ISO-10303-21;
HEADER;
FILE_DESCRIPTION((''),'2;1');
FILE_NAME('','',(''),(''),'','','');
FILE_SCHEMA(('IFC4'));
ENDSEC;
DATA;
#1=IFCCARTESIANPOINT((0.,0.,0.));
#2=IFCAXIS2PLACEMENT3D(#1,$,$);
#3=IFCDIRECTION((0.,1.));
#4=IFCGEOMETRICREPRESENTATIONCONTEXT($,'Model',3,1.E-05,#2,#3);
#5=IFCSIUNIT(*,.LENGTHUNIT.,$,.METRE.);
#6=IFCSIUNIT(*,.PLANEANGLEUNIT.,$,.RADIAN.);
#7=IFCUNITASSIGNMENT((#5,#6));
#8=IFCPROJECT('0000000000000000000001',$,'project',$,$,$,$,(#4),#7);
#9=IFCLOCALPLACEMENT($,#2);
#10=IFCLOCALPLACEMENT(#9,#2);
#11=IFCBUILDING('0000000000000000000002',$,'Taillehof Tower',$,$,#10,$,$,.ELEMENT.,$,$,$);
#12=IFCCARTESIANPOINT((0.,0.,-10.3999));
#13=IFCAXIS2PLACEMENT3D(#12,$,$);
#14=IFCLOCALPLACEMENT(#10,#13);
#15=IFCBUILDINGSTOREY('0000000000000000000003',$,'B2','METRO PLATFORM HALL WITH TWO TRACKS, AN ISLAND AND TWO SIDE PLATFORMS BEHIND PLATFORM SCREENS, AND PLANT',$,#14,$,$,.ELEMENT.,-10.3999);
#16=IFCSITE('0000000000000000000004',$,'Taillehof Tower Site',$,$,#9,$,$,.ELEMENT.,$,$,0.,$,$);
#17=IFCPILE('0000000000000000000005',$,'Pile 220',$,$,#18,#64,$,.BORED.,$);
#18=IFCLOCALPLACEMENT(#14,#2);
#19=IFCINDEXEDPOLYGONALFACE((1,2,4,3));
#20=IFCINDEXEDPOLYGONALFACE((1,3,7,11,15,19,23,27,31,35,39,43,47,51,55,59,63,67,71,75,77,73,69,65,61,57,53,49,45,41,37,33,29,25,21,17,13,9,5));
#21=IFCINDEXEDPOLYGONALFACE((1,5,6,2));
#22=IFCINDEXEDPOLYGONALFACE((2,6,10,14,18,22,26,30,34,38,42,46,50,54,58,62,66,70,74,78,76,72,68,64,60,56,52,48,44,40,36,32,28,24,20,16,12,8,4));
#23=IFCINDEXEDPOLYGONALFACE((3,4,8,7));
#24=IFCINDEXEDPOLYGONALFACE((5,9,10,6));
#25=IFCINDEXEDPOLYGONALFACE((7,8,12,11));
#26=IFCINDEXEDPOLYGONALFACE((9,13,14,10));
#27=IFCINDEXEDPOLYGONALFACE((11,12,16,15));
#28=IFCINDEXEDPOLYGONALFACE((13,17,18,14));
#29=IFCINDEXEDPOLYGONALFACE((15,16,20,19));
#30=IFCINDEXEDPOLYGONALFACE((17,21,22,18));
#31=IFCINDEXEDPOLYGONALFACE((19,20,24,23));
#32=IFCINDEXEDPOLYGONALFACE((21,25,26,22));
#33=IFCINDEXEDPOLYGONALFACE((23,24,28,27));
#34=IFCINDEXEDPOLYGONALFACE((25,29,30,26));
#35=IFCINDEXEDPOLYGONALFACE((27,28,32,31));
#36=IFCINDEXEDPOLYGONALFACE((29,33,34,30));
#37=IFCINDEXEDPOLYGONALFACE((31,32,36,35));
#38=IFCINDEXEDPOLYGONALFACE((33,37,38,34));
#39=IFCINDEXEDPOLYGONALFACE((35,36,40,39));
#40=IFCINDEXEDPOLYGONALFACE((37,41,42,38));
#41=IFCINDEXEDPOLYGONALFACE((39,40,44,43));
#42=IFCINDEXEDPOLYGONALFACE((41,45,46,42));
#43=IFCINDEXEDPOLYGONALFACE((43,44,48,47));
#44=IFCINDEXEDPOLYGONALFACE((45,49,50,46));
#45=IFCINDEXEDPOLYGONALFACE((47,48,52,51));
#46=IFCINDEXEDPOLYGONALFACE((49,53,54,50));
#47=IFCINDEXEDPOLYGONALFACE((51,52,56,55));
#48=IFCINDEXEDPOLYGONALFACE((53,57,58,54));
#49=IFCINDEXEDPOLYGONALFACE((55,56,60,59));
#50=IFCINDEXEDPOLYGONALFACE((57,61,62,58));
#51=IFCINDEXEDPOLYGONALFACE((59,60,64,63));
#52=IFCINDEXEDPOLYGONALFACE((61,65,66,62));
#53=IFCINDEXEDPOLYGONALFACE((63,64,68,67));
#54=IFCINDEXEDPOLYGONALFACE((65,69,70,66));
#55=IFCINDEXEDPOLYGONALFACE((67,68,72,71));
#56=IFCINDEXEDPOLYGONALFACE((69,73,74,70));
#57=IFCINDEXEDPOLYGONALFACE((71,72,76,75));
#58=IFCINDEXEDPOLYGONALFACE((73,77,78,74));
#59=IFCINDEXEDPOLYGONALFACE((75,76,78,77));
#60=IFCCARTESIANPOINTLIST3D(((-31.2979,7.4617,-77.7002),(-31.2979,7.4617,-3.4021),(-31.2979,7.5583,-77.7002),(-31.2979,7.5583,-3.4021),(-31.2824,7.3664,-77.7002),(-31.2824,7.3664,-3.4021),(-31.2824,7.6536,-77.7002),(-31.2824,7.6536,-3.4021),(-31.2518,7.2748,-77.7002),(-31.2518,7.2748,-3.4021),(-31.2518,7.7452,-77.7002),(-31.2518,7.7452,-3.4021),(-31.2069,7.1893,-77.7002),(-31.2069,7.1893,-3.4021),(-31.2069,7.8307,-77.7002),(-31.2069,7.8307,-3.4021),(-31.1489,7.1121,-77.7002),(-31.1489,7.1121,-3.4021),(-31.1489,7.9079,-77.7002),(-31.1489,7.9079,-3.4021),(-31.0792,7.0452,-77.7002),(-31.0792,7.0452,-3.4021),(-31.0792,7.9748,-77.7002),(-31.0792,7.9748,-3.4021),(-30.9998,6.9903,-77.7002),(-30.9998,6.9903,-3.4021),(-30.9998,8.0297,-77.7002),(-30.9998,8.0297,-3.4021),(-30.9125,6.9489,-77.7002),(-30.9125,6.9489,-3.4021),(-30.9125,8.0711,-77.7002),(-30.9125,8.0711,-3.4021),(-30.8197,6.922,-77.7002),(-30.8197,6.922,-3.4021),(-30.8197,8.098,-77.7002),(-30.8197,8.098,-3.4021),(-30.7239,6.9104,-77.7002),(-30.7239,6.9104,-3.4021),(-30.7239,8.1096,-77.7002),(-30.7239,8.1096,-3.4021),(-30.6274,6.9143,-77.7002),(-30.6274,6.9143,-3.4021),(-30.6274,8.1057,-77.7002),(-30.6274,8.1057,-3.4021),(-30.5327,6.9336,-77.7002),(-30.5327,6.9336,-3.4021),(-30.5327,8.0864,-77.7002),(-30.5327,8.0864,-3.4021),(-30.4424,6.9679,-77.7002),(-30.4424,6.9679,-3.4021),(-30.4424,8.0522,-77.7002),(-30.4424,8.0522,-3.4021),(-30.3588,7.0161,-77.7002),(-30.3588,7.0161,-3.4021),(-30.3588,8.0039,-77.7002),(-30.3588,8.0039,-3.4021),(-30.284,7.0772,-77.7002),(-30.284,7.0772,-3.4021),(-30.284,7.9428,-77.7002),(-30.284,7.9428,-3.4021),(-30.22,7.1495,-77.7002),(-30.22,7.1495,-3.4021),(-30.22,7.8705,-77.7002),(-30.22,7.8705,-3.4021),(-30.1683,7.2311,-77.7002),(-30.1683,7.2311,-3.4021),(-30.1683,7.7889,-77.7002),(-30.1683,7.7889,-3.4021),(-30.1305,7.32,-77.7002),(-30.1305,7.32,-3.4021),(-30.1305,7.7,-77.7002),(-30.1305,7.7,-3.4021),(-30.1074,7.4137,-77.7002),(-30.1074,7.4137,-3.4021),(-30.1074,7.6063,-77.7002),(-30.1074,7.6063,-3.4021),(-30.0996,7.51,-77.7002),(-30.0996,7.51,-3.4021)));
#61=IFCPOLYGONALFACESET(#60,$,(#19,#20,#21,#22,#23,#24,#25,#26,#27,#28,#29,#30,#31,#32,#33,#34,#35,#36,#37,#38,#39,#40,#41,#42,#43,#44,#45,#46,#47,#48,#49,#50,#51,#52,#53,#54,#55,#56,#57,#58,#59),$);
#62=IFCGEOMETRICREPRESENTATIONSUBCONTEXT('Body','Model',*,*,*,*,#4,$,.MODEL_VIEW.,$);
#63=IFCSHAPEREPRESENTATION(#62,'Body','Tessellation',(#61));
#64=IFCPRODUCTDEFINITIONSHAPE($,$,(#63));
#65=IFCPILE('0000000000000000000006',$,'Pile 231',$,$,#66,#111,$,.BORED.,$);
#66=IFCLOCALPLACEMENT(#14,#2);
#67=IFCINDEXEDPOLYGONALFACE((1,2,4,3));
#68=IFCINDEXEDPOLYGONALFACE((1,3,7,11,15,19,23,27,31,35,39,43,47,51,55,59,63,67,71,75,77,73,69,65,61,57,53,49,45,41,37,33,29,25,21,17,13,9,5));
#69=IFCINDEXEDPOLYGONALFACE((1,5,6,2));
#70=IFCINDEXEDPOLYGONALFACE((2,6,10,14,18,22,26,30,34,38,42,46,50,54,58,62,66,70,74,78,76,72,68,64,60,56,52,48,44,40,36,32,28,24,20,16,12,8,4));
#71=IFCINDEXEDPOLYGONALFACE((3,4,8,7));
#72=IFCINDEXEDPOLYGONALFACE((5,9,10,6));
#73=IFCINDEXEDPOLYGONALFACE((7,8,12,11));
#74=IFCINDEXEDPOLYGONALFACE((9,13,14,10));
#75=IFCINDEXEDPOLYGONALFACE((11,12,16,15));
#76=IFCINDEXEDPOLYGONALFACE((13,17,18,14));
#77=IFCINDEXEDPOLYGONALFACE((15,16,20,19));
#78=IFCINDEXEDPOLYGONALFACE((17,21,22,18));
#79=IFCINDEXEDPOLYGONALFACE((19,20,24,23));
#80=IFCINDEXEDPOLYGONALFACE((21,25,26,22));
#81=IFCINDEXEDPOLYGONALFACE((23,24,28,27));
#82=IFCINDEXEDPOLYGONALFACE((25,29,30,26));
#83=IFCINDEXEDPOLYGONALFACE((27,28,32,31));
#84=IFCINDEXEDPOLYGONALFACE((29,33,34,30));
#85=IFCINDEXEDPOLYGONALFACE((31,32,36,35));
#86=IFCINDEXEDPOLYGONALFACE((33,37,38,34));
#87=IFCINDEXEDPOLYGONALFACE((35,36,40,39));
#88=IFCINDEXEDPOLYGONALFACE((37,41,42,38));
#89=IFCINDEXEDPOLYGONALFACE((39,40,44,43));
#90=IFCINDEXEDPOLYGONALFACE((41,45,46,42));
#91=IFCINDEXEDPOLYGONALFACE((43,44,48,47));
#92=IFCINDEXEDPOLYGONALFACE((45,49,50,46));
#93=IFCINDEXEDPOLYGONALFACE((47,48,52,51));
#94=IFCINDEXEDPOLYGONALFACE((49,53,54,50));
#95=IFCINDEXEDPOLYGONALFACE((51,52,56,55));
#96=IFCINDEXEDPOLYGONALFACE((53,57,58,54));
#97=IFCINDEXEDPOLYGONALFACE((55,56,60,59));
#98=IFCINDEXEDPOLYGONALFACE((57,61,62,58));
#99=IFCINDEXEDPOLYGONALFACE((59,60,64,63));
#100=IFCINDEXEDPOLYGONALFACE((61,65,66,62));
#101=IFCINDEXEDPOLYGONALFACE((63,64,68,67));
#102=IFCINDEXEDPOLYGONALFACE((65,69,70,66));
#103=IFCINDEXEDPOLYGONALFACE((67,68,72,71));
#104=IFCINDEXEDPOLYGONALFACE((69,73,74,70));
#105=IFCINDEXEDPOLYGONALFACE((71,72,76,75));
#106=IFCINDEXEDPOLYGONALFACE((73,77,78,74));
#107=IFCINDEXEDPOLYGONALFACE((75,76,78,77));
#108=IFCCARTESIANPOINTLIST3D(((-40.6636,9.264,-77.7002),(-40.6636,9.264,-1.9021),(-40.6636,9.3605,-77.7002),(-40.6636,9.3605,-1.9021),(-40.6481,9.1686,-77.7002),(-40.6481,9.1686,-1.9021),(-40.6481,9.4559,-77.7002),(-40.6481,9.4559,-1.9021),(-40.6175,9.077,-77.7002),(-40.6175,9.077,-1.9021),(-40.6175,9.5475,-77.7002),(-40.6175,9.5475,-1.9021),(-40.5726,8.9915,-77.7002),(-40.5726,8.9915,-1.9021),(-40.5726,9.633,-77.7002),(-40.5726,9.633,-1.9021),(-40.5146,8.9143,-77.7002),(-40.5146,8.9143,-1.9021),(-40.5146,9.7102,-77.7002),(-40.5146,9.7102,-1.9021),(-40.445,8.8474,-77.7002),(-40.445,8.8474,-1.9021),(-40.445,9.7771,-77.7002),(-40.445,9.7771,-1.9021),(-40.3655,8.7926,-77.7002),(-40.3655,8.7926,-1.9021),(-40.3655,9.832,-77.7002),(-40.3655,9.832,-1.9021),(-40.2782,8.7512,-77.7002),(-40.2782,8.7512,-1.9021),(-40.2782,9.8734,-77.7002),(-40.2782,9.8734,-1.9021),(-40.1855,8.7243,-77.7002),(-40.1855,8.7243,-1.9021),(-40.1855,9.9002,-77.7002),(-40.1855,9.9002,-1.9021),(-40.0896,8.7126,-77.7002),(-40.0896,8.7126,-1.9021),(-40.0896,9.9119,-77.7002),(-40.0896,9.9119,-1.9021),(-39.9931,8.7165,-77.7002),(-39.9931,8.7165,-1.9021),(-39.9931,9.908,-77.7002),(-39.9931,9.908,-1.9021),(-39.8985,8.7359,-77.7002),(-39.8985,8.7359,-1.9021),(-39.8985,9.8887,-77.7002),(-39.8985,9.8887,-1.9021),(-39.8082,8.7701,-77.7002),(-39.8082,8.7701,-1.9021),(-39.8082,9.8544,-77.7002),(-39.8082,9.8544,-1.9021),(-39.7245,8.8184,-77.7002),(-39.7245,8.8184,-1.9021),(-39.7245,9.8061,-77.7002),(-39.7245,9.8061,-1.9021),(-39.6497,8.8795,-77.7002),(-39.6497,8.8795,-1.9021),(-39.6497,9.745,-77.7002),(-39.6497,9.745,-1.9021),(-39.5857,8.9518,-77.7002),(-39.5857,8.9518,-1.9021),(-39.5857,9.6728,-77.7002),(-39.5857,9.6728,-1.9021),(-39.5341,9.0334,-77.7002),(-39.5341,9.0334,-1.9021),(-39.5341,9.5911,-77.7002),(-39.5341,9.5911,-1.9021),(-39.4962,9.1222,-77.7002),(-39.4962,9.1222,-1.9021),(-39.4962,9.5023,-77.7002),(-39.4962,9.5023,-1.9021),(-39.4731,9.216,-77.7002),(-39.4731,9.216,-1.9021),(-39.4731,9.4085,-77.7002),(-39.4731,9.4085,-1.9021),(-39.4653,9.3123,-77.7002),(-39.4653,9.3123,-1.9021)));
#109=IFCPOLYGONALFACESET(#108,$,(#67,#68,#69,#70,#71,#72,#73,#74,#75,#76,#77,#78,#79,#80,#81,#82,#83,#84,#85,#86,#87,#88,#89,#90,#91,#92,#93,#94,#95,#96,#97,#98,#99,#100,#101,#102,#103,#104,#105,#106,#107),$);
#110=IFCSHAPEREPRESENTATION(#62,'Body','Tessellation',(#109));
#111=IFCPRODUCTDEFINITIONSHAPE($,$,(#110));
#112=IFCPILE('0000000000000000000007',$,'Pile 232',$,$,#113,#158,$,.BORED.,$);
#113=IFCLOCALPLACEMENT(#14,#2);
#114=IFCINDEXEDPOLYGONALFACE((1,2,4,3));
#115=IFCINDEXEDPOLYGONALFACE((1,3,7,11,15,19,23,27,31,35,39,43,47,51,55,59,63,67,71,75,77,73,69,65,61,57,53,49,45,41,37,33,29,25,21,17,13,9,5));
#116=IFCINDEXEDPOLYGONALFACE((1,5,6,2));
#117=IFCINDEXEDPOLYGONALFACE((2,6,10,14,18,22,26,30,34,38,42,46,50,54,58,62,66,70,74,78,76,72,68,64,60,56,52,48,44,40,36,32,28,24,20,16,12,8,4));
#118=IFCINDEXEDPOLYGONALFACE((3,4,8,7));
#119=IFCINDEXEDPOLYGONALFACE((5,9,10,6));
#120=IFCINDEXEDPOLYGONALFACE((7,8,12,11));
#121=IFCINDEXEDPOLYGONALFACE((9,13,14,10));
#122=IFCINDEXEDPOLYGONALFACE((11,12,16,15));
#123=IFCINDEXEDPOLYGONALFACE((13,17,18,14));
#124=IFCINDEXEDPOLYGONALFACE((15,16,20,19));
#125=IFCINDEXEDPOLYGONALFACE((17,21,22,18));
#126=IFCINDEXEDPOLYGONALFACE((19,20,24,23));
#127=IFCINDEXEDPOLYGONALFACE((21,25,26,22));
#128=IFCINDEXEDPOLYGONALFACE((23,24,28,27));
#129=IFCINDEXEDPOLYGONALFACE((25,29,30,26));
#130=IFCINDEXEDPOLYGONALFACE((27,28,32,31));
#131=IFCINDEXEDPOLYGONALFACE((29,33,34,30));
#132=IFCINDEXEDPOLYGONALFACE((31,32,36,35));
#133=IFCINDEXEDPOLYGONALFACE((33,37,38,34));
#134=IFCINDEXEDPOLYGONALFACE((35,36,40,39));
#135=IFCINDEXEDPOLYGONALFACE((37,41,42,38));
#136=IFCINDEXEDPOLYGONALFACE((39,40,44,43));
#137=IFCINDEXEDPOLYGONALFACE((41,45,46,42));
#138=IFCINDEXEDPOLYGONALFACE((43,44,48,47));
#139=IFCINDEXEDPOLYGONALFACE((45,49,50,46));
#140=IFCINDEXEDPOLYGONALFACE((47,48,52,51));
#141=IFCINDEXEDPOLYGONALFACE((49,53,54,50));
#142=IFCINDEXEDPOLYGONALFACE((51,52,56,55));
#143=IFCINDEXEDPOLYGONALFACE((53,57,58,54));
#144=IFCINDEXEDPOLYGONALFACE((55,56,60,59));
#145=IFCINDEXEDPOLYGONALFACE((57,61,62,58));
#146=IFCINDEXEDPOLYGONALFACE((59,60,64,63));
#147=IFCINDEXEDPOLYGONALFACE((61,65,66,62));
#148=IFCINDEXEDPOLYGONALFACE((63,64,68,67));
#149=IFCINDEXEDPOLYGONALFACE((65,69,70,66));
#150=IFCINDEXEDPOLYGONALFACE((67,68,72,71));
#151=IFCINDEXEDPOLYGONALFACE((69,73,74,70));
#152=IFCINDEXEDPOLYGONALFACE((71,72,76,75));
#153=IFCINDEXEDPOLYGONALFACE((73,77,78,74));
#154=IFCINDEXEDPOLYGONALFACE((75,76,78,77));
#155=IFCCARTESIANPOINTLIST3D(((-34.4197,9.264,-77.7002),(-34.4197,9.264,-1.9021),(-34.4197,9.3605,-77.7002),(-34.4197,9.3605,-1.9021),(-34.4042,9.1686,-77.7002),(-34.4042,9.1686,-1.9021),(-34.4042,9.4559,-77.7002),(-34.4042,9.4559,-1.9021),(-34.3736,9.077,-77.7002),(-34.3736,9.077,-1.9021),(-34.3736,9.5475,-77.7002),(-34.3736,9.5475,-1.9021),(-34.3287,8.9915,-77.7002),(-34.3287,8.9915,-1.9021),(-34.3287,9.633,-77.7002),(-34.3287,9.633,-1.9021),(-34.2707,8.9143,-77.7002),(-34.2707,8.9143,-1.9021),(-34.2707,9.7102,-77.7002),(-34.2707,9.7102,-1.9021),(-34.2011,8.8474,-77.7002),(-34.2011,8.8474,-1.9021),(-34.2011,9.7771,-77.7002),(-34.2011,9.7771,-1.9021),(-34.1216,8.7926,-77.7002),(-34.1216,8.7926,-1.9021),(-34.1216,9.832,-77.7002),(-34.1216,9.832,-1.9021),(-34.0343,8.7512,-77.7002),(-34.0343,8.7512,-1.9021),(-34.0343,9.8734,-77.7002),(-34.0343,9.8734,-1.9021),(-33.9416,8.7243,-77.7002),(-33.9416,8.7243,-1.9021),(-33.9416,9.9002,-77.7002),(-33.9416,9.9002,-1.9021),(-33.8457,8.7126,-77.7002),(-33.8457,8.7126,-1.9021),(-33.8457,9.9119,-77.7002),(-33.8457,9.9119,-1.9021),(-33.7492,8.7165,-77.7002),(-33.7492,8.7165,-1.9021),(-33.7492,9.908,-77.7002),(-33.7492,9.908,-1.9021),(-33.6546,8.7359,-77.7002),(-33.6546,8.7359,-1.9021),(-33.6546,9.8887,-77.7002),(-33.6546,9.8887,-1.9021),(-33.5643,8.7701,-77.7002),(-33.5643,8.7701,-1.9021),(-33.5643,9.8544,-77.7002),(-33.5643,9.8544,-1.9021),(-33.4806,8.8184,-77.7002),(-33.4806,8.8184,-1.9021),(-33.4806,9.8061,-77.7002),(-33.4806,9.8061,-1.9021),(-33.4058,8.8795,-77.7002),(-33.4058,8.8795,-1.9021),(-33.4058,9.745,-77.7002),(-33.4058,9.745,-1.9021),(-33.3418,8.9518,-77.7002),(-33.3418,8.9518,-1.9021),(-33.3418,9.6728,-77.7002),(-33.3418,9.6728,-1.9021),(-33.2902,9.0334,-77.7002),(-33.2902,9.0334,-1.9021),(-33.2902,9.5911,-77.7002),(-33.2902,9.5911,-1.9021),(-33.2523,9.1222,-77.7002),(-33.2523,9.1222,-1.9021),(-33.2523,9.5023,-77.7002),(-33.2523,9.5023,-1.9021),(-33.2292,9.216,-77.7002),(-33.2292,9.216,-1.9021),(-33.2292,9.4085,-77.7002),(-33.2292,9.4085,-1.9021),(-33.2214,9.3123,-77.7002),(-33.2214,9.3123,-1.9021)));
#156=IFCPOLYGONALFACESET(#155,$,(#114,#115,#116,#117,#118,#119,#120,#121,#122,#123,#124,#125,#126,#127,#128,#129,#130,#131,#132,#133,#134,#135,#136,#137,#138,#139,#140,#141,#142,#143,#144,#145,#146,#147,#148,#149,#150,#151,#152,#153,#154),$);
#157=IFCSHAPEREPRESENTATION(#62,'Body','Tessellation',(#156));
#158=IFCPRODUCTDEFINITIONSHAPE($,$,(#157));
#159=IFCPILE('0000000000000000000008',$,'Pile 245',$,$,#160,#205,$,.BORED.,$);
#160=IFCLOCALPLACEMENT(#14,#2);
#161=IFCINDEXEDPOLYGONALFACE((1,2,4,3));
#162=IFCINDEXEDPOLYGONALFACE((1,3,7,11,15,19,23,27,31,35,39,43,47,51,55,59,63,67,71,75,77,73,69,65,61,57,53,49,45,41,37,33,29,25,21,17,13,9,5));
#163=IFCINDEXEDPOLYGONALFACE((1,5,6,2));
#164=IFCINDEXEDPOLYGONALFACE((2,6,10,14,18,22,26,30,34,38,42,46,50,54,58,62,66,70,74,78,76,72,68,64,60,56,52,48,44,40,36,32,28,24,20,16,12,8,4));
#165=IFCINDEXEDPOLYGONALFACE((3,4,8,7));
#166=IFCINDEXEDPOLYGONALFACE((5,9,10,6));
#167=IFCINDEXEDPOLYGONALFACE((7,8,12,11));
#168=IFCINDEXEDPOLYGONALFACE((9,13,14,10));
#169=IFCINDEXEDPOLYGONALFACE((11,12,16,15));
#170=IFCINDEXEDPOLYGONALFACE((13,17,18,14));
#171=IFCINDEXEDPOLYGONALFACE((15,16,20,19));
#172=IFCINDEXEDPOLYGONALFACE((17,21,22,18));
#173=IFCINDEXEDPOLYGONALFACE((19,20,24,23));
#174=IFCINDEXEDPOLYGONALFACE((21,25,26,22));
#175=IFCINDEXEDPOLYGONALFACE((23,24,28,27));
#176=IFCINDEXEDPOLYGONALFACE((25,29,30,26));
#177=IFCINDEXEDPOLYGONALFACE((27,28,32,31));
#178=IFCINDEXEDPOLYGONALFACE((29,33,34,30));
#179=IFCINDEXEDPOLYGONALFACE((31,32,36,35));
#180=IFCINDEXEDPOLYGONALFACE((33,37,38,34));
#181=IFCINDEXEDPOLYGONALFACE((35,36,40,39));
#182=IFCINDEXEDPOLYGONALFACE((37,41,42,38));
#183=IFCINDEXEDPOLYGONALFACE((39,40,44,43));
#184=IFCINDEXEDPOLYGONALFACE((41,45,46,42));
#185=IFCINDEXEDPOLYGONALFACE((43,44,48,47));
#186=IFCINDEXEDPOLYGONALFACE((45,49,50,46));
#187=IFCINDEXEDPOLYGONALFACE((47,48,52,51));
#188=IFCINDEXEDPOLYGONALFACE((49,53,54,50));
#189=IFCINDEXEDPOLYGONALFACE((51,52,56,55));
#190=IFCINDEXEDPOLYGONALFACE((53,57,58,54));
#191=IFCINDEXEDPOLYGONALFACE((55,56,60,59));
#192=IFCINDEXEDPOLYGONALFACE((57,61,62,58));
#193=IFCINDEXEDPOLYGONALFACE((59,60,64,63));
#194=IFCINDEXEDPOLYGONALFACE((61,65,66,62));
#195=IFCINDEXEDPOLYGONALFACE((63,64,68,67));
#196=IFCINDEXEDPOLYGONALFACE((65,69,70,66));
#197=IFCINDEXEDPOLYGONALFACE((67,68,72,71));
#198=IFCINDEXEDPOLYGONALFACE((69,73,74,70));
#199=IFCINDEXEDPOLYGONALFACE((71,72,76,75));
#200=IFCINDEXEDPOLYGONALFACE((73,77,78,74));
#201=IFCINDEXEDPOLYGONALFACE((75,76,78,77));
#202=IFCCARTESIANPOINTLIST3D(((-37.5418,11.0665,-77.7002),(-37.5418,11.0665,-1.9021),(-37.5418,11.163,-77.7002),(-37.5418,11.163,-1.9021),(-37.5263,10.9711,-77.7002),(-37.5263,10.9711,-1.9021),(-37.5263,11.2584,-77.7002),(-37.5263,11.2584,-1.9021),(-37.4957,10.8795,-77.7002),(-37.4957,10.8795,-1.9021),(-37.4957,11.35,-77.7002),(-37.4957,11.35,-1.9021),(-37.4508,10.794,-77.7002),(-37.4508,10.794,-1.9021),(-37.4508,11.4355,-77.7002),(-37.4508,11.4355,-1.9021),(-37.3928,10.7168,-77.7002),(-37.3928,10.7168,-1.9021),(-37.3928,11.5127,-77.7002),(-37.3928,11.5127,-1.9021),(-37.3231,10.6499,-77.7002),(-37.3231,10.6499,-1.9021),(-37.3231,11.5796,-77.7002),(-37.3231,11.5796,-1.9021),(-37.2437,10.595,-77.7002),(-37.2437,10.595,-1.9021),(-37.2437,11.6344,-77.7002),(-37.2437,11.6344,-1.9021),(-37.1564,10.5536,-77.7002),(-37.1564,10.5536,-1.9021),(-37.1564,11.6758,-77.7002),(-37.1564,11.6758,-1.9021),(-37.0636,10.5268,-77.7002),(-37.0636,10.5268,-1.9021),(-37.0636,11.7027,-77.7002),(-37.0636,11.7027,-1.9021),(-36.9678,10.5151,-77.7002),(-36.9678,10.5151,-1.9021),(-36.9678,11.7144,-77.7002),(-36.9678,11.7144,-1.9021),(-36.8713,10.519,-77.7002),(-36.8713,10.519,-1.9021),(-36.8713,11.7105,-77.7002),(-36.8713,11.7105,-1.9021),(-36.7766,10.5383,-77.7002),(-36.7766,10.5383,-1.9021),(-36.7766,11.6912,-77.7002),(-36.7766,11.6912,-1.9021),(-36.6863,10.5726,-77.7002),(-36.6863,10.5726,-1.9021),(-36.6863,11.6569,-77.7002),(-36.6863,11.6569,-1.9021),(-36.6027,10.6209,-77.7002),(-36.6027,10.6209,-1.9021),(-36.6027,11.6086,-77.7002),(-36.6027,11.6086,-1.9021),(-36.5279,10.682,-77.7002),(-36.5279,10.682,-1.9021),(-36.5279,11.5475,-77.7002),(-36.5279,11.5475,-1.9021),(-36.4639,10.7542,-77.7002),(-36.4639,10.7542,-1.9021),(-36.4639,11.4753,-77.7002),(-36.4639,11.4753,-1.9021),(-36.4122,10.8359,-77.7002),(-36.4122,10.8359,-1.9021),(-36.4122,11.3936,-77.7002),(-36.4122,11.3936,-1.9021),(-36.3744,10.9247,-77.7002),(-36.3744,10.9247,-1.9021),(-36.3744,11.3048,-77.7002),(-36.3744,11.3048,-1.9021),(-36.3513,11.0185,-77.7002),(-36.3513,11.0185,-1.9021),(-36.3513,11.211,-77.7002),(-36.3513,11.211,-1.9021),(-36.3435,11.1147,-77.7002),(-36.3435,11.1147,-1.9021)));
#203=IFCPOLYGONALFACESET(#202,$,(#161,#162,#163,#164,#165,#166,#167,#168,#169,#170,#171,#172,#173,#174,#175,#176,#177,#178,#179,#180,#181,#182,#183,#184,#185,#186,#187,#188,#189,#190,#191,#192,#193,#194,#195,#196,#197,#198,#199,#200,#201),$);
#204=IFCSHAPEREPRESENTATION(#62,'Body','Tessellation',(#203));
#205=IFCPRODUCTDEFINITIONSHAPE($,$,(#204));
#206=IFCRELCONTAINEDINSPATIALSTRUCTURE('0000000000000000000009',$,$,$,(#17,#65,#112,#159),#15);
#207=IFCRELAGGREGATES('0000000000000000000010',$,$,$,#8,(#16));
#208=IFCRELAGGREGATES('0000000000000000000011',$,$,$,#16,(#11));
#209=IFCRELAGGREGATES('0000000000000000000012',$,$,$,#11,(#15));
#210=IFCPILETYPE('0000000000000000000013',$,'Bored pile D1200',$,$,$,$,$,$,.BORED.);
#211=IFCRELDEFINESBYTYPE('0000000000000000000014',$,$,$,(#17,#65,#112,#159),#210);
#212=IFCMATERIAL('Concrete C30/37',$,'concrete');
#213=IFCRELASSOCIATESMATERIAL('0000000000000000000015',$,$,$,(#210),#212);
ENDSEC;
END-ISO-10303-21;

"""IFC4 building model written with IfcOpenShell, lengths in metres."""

from ifc_helpers import new_model, si_unit, direction, frame, origin, origin_2d, place, context, subcontext, project, spatial, circle, extrude, material, material_profile, profile_set, type_object, element, save


model = new_model("IFC4")

# Units and contexts
model_context = context("Model", 3, precision=1e-05, world=origin(), true_north=direction((0.0, 1.0)))
body_context = subcontext(model_context, "Body", "Model", "MODEL_VIEW")
ifc_project = project(units=[si_unit("LENGTHUNIT", "METRE"), si_unit("PLANEANGLEUNIT", "RADIAN")], contexts=[model_context])

# Site, building, storey
site_placement = place(None, origin())
site = spatial("IfcSite", under=ifc_project, at=site_placement, Name="Taillehof Tower Site", CompositionType="ELEMENT", RefElevation=0.0)
building_placement = place(site_placement, origin())
building = spatial("IfcBuilding", under=site, at=building_placement, Name="Taillehof Tower", CompositionType="ELEMENT")
storey_placement = place(building_placement, frame((0.0, 0.0, -10.3999)))
storey = spatial("IfcBuildingStorey", under=building, at=storey_placement, Name="B2", Description="METRO PLATFORM HALL WITH TWO TRACKS, AN ISLAND AND TWO SIDE PLATFORMS BEHIND PLATFORM SCREENS, AND PLANT", CompositionType="ELEMENT", Elevation=-10.3999)

# Piles
ifc_material_1 = material(Name="Concrete C30/37", Category="concrete")
ifc_material_profile_1 = material_profile(ifc_material_1, circle(Radius=0.6001, at=origin_2d()), Name="BP D1200")
ifc_profile_set_1 = profile_set([ifc_material_profile_1], Name="Concrete C30/37")
pile_type = type_object("IfcPileType", Name="Bored pile D1200", PredefinedType="BORED", material=ifc_profile_set_1)
pile_1_placement = place(storey_placement, frame((-30.6997, 7.51, -3.4021), z_axis=(0.0, 0.0, -1.0), x_axis=(1.0, 0.0, 0.0)))
element("IfcPile", 1, at=pile_1_placement, inside=storey, type_object=pile_type, Name="Pile 220", PredefinedType="BORED", context=body_context, shape_type="SweptSolid", body=[
    extrude(circle(Radius=0.6001, at=origin_2d()), origin(), (0.0, 0.0, 1.0), 74.2981),
])
for number, where, z_axis, x_axis, name in (
    (2, (-40.0654, 9.3123, -1.9021), (0.0, 0.0, -1.0), (1.0, 0.0, 0.0), "Pile 231"),
    (3, (-33.8215, 9.3123, -1.9021), (0.0, 0.0, -1.0), (1.0, 0.0, 0.0), "Pile 232"),
    (4, (-36.9436, 11.1147, -1.9021), (0.0, 0.0, -1.0), (1.0, 0.0, 0.0), "Pile 245"),
):
    element("IfcPile", number, at=place(storey_placement, frame(where, z_axis=z_axis, x_axis=x_axis)), inside=storey, type_object=pile_type, Name=name, PredefinedType="BORED", context=body_context, shape_type="SweptSolid", body=[
        extrude(circle(Radius=0.6001, at=origin_2d()), origin(), (0.0, 0.0, 1.0), 75.7981),
    ])

save(model, "model.ifc")
